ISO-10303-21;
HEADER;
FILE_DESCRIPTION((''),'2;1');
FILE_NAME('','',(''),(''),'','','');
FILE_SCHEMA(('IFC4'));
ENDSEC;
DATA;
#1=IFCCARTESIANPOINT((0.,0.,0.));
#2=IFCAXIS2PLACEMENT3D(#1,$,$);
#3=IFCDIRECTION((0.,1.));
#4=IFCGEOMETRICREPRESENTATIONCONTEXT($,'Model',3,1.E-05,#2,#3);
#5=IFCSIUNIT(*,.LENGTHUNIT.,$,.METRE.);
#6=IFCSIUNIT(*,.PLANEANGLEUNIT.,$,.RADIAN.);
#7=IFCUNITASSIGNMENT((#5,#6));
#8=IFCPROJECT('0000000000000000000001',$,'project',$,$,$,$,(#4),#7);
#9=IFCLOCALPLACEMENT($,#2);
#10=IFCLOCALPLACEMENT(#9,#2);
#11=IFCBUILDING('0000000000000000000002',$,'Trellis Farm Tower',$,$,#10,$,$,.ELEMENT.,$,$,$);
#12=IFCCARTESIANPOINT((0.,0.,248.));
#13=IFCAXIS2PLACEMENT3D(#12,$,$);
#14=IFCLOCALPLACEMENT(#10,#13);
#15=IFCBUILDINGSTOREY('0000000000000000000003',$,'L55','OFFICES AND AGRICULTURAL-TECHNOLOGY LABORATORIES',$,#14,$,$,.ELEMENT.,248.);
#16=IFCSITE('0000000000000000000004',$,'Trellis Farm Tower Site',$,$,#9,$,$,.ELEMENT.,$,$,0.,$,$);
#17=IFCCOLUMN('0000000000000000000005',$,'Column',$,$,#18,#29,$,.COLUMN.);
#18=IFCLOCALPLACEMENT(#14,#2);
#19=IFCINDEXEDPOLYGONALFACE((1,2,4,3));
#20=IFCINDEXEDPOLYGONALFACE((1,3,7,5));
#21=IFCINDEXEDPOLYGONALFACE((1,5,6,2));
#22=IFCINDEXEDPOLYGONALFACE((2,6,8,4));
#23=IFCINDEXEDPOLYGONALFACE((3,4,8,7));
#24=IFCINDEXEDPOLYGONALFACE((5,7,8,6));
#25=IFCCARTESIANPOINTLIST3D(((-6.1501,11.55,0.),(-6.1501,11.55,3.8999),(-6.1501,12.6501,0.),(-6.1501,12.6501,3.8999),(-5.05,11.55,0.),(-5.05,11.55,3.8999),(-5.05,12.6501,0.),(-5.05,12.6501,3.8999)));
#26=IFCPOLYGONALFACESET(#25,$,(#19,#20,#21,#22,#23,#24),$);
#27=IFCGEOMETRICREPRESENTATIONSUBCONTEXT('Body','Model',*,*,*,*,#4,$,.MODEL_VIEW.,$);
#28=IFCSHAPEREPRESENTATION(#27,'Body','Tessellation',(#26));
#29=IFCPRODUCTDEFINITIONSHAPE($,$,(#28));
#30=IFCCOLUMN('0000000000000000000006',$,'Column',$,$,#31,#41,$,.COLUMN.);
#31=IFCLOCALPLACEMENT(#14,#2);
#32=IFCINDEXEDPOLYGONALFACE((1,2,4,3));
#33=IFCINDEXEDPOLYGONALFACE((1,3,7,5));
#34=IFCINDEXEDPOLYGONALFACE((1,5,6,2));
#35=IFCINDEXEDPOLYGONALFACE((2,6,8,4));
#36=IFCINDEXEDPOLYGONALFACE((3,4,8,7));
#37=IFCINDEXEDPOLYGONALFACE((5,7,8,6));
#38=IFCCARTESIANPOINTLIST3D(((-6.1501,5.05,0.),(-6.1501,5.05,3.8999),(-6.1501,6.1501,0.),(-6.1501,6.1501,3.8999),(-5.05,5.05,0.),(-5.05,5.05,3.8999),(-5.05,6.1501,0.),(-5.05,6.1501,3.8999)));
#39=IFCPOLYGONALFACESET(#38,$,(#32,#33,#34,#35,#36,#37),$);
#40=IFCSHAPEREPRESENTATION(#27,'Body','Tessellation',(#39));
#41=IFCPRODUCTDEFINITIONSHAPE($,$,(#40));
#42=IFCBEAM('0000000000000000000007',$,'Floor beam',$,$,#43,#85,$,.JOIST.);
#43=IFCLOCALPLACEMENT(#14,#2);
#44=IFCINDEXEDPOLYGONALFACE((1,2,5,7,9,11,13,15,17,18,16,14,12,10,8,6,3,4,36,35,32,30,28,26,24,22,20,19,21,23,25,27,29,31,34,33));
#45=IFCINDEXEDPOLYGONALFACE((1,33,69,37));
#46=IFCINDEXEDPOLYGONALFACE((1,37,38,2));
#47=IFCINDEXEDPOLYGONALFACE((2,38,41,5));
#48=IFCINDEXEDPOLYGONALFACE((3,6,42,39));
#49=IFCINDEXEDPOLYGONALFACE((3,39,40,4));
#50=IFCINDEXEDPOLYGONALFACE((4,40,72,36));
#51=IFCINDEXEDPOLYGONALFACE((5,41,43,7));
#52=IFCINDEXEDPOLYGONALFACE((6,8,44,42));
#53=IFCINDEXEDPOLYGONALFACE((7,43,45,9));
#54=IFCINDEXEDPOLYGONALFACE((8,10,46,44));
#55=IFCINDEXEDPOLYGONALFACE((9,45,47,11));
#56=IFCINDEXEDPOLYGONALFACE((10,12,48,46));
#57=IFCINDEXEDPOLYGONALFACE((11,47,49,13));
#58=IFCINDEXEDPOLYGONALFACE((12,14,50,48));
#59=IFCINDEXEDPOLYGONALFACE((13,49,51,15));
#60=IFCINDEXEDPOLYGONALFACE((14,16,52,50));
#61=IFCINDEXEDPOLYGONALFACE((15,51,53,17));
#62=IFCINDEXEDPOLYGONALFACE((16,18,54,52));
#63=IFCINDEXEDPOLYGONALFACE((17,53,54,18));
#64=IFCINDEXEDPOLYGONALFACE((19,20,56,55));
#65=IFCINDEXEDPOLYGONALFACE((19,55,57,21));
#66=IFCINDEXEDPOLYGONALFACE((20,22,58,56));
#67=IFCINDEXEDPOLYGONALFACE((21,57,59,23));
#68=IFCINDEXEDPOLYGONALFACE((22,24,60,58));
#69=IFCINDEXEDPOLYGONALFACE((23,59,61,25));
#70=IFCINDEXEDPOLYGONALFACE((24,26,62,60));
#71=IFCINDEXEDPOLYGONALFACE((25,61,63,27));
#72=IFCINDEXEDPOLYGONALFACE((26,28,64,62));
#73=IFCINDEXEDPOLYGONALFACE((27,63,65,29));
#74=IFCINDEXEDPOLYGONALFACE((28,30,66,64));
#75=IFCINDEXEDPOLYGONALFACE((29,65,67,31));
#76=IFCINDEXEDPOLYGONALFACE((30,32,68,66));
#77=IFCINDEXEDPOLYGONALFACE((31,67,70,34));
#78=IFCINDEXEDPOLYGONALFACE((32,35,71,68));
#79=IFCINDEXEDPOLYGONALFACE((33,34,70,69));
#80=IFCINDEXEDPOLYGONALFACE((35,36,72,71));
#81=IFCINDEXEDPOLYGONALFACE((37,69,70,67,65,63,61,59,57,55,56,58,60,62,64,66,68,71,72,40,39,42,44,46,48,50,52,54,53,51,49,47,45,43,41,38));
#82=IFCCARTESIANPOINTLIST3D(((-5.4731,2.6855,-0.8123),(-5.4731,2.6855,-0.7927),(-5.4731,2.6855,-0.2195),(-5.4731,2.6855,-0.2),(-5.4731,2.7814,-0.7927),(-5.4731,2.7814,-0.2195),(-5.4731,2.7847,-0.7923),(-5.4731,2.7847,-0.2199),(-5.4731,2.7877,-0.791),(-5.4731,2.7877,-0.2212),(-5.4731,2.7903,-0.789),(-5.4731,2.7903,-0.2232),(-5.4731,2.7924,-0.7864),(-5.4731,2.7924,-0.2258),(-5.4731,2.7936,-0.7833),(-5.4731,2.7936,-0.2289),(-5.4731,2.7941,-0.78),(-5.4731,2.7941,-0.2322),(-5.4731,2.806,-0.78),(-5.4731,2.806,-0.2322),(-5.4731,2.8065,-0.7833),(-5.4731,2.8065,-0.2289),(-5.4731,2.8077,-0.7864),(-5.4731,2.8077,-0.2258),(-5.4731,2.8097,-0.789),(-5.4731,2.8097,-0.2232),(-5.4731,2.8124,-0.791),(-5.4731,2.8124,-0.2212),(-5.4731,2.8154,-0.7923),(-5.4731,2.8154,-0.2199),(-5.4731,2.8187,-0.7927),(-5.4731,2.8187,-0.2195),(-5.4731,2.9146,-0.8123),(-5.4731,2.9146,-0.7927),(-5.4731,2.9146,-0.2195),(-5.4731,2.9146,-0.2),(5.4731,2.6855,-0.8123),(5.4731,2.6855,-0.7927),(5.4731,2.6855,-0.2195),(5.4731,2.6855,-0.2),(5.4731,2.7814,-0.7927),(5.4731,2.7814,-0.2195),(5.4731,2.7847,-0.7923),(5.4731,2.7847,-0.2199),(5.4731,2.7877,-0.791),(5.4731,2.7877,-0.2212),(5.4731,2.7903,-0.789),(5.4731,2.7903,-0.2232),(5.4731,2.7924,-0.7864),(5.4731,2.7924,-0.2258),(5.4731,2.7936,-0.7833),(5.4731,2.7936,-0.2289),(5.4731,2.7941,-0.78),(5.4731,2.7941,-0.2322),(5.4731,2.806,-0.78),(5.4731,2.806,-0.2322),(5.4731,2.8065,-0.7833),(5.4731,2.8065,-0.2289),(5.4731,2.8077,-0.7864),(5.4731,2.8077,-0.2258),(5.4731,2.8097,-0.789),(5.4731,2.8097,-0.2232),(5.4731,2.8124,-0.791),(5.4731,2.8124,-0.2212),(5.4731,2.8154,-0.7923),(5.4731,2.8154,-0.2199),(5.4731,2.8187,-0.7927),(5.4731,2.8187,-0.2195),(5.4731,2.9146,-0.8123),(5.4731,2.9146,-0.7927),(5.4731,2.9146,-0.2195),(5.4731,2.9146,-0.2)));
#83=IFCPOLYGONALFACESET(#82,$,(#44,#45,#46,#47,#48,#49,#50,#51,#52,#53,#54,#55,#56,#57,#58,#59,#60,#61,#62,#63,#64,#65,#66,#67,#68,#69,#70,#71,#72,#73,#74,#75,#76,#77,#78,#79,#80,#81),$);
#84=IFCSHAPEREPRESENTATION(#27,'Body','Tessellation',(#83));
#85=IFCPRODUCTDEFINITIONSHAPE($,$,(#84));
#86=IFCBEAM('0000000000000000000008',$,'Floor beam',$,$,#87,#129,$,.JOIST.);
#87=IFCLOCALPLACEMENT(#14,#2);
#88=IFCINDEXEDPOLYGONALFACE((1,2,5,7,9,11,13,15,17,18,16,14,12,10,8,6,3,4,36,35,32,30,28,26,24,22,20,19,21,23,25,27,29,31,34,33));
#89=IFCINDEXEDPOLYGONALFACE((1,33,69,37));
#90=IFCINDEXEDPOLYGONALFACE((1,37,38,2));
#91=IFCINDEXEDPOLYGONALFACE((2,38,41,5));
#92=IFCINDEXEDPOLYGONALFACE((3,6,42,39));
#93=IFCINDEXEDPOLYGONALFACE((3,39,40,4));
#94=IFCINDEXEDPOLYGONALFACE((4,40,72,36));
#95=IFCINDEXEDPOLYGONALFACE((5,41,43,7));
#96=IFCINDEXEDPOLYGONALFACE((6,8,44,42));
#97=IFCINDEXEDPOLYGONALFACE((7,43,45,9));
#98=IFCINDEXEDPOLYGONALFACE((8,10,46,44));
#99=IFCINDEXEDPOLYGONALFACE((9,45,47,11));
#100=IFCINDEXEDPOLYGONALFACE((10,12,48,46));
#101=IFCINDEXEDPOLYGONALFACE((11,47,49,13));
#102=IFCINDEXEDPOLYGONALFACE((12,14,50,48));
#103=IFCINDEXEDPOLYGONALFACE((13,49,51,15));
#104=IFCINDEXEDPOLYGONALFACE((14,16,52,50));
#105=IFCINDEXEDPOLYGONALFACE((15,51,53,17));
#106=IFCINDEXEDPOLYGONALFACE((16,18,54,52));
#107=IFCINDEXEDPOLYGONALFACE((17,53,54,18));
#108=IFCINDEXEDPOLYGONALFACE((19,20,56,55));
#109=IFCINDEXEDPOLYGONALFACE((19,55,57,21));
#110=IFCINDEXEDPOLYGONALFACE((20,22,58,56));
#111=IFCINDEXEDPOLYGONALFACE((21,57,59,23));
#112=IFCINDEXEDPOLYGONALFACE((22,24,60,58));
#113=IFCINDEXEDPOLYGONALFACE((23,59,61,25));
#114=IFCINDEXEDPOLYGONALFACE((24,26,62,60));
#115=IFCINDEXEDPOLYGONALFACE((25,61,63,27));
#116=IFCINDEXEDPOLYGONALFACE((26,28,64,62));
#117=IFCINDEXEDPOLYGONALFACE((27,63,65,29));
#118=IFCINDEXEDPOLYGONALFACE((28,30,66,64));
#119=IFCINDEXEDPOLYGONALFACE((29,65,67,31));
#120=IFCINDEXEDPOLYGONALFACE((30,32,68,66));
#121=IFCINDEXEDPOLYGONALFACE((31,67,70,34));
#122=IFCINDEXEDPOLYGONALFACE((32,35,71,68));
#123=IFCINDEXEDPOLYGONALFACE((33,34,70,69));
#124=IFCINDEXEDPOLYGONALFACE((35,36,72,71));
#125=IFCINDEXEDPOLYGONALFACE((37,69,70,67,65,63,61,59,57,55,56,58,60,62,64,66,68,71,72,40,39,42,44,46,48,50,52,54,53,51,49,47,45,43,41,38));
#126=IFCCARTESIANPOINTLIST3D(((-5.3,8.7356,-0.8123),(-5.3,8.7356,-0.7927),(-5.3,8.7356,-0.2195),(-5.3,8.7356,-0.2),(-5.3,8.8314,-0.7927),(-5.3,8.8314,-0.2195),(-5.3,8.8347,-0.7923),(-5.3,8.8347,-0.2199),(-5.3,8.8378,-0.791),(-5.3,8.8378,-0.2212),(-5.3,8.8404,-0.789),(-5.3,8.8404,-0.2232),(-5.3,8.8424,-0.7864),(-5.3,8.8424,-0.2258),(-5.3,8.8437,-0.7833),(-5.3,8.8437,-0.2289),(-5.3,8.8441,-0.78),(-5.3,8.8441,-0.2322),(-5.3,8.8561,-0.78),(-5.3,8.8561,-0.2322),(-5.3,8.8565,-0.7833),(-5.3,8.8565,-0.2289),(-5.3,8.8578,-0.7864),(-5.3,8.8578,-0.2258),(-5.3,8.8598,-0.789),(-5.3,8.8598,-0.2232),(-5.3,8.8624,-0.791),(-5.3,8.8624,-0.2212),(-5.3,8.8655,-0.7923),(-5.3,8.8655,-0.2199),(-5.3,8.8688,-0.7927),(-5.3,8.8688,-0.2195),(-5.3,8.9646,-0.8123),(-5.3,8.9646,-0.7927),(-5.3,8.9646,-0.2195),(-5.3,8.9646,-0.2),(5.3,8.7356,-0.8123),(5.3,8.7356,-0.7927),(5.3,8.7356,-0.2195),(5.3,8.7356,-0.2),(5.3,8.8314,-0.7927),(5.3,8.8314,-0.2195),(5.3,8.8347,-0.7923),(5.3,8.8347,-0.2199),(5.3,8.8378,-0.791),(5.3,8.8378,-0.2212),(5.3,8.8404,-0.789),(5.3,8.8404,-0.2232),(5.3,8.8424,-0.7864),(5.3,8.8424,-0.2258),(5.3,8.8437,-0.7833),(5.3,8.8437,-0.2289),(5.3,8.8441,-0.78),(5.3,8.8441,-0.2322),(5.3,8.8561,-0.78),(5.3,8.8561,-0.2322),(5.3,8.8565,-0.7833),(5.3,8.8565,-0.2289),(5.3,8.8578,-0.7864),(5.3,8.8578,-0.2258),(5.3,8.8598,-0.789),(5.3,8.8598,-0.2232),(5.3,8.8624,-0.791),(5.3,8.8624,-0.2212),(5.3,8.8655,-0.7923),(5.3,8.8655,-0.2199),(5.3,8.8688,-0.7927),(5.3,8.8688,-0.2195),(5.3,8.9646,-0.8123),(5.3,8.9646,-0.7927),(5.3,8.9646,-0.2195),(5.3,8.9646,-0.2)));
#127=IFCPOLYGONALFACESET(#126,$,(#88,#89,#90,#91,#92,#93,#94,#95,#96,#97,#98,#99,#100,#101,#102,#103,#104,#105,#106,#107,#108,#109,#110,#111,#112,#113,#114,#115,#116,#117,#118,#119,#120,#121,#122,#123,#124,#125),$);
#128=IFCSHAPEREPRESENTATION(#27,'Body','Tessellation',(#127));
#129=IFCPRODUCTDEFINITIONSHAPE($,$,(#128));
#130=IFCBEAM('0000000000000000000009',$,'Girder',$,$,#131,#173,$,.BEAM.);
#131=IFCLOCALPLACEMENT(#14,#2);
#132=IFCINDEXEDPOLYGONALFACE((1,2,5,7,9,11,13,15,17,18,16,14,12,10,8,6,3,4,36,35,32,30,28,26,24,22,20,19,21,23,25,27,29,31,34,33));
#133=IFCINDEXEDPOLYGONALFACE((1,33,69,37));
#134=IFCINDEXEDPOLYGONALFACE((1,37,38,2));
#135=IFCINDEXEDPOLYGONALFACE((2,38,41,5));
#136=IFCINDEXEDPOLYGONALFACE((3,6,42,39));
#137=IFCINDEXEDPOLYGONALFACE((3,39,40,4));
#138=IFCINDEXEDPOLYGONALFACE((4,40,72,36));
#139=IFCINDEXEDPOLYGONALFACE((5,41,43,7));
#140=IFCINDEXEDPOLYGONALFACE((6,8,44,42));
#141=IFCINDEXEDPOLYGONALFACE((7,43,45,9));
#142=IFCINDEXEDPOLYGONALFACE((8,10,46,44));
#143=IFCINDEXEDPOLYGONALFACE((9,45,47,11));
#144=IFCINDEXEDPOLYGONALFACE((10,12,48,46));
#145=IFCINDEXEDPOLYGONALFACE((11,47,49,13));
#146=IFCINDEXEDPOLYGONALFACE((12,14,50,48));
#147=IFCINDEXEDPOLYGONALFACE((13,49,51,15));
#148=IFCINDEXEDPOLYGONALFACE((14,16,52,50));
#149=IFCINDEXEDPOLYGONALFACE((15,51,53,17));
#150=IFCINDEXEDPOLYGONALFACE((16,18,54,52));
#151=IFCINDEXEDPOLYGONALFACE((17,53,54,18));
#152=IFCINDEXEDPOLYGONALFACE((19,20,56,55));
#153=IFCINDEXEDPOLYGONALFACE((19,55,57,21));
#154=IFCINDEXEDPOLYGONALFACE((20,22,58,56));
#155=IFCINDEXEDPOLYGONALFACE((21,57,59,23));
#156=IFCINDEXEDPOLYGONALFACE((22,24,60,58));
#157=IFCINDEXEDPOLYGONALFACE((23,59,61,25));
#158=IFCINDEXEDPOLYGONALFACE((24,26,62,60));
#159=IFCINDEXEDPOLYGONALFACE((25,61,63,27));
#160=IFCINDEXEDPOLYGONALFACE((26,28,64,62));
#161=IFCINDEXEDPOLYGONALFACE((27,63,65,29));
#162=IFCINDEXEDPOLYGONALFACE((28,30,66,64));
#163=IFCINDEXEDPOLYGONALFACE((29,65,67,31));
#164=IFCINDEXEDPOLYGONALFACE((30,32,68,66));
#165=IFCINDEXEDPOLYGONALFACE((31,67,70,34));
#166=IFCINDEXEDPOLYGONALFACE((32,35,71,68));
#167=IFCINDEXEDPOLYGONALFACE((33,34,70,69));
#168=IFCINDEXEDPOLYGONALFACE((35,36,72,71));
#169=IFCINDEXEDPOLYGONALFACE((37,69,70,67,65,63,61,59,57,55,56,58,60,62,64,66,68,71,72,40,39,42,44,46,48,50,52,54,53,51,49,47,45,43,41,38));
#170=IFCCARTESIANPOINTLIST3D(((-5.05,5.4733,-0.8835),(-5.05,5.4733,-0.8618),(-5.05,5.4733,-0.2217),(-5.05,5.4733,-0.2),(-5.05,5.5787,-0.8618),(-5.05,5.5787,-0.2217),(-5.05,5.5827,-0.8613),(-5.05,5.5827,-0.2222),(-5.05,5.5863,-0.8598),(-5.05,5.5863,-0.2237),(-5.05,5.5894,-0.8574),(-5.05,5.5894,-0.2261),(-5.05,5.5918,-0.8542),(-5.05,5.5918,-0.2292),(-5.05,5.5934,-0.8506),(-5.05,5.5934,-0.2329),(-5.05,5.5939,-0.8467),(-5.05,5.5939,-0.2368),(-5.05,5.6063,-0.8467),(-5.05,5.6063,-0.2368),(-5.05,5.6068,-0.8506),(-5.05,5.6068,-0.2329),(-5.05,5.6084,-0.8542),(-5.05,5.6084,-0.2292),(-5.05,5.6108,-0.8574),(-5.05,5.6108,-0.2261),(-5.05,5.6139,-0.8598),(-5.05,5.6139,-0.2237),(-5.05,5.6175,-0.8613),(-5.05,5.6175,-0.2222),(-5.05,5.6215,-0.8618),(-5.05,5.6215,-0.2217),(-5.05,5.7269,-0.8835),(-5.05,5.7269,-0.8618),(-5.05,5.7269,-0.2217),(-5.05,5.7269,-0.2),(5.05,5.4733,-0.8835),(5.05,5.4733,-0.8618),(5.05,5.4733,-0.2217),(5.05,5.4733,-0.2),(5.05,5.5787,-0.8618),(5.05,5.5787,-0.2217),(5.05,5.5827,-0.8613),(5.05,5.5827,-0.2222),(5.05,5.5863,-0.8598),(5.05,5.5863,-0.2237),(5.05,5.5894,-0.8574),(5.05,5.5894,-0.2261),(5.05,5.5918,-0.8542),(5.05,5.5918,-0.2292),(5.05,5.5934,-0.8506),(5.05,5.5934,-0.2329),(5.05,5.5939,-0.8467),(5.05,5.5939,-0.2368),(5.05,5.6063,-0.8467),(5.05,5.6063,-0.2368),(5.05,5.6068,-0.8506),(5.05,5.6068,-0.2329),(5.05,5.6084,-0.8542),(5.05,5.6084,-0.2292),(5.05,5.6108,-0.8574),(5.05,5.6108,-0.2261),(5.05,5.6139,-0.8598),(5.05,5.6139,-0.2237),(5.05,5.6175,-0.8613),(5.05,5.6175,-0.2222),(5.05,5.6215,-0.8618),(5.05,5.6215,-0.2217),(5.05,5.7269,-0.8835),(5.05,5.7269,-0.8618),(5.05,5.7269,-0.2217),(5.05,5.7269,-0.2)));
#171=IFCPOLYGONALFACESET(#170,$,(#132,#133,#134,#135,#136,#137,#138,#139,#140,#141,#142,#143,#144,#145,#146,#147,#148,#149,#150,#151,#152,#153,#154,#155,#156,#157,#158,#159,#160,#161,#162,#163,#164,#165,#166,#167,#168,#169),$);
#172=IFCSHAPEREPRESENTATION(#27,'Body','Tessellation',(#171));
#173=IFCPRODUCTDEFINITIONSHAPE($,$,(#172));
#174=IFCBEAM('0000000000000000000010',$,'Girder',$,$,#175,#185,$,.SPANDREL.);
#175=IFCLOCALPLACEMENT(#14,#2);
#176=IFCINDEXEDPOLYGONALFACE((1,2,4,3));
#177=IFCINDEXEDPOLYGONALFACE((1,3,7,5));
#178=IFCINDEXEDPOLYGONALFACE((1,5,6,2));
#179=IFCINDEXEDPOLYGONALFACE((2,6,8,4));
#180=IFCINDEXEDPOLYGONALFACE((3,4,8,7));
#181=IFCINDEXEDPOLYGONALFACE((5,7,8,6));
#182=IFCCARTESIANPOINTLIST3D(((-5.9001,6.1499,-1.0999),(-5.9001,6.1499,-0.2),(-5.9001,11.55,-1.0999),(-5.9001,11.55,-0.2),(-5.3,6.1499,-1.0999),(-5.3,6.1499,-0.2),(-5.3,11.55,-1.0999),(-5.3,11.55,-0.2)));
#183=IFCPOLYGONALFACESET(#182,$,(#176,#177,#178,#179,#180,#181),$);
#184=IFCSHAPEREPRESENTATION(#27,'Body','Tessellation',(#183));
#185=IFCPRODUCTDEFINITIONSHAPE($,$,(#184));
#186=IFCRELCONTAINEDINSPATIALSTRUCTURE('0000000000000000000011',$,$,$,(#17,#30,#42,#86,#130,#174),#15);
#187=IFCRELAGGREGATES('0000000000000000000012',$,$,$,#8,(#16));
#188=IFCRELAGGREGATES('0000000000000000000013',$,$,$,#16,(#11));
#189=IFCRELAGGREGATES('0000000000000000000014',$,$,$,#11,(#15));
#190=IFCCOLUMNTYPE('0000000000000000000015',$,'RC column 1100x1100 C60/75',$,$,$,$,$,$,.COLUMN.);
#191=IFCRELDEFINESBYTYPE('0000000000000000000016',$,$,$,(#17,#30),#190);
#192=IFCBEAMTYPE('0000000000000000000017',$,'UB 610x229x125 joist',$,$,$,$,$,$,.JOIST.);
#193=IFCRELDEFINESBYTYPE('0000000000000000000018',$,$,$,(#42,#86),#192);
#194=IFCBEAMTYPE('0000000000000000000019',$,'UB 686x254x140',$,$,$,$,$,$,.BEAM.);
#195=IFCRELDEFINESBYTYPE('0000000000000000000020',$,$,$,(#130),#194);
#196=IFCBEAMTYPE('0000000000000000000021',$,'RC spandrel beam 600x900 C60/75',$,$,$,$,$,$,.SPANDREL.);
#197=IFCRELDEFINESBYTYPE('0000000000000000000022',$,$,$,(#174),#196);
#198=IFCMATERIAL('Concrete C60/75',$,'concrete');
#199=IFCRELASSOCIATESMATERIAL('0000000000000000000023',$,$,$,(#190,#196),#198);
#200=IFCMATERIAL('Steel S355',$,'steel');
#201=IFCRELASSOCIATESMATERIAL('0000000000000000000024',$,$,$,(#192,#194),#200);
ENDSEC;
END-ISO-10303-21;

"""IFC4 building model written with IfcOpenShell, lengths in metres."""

from ifc_helpers import new_model, si_unit, direction, frame, origin, origin_2d, place, context, subcontext, project, spatial, rectangle, i_section, extrude, source, transform, mapped, material, material_profile, profile_set, type_object, element, save


model = new_model("IFC4")

# Units and contexts
model_context = context("Model", 3, precision=1e-05, world=origin(), true_north=direction((0.0, 1.0)))
body_context = subcontext(model_context, "Body", "Model", "MODEL_VIEW")
ifc_project = project(units=[si_unit("LENGTHUNIT", "METRE"), si_unit("PLANEANGLEUNIT", "RADIAN")], contexts=[model_context])

# Site, building, storey
site_placement = place(None, origin())
site = spatial("IfcSite", under=ifc_project, at=site_placement, Name="Trellis Farm Tower Site", CompositionType="ELEMENT", RefElevation=0.0)
building_placement = place(site_placement, origin())
building = spatial("IfcBuilding", under=site, at=building_placement, Name="Trellis Farm Tower", CompositionType="ELEMENT")
storey_placement = place(building_placement, frame((0.0, 0.0, 248.0)))
storey = spatial("IfcBuildingStorey", under=building, at=storey_placement, Name="L55", Description="OFFICES AND AGRICULTURAL-TECHNOLOGY LABORATORIES", CompositionType="ELEMENT", Elevation=248.0)

# Columns
ifc_material_1 = material(Name="Concrete C60/75", Category="concrete")
ifc_material_profile_1 = material_profile(ifc_material_1, rectangle(XDim=1.1001, YDim=1.1001, at=origin_2d()), Name="RC column 1100x1100 C60/75")
ifc_profile_set_1 = profile_set([ifc_material_profile_1], Name="Concrete C60/75")
column_type = type_object("IfcColumnType", Name="RC column 1100x1100 C60/75", PredefinedType="COLUMN", material=ifc_profile_set_1)
shared_shape_1 = source(origin(), body_context, "Body", "SweptSolid", [
    extrude(rectangle(XDim=1.1001, YDim=1.1001, at=origin_2d()), origin(), (0.0, 0.0, 1.0), 3.8999),
])
for number, where, z_axis, x_axis, name in (
    (1, (-5.6001, 12.1001, 0.0), (0.0, 0.0, 1.0), (1.0, 0.0, 0.0), "Column"),
    (2, (-5.6001, 5.6001, 0.0), (0.0, 0.0, 1.0), (1.0, 0.0, 0.0), "Column"),
):
    element("IfcColumn", number, at=place(storey_placement, frame(where, z_axis=z_axis, x_axis=x_axis)), inside=storey, type_object=column_type, Name=name, PredefinedType="COLUMN", context=body_context, shape_type="MappedRepresentation", body=[
        mapped(shared_shape_1, transform((0.0, 0.0, 0.0))),
    ])

# Beams
ifc_material_2 = material(Name="Steel S355", Category="steel")
ifc_material_profile_2 = material_profile(ifc_material_2, i_section(OverallWidth=0.229, OverallDepth=0.6123, WebThickness=0.012, FlangeThickness=0.0195, FilletRadius=0.0127, at=origin_2d()), Name="UB 610x229x125")
ifc_profile_set_2 = profile_set([ifc_material_profile_2], Name="Steel S355")
beam_type_1 = type_object("IfcBeamType", Name="UB 610x229x125 joist", PredefinedType="JOIST", material=ifc_profile_set_2)
shared_shape_2 = source(origin(), body_context, "Body", "SweptSolid", [
    extrude(i_section(OverallWidth=0.229, OverallDepth=0.6123, WebThickness=0.012, FlangeThickness=0.0195, FilletRadius=0.0127, at=origin_2d()), origin(), (0.0, 0.0, 1.0), 10.9463),
])
beam_1_placement = place(storey_placement, frame((-5.4731, 2.8, -0.5061), z_axis=(1.0, 0.0, 0.0), x_axis=(0.0, 1.0, 0.0)))
element("IfcBeam", 3, at=beam_1_placement, inside=storey, type_object=beam_type_1, Name="Floor beam", PredefinedType="JOIST", context=body_context, shape_type="MappedRepresentation", body=[
    mapped(shared_shape_2, transform((0.0, 0.0, 0.0))),
])
shared_shape_3 = source(origin(), body_context, "Body", "SweptSolid", [
    extrude(i_section(OverallWidth=0.229, OverallDepth=0.6123, WebThickness=0.012, FlangeThickness=0.0195, FilletRadius=0.0127, at=origin_2d()), origin(), (0.0, 0.0, 1.0), 10.6001),
])
beam_2_placement = place(storey_placement, frame((-5.3, 8.8501, -0.5061), z_axis=(1.0, 0.0, 0.0), x_axis=(0.0, 1.0, 0.0)))
element("IfcBeam", 4, at=beam_2_placement, inside=storey, type_object=beam_type_1, Name="Floor beam", PredefinedType="JOIST", context=body_context, shape_type="MappedRepresentation", body=[
    mapped(shared_shape_3, transform((0.0, 0.0, 0.0))),
])
ifc_material_profile_3 = material_profile(ifc_material_2, i_section(OverallWidth=0.2537, OverallDepth=0.6836, WebThickness=0.0125, FlangeThickness=0.0217, FilletRadius=0.0151, at=origin_2d()), Name="UB 686x254x140")
ifc_profile_set_3 = profile_set([ifc_material_profile_3], Name="Steel S355")
beam_type_2 = type_object("IfcBeamType", Name="UB 686x254x140", PredefinedType="BEAM", material=ifc_profile_set_3)
shared_shape_4 = source(origin(), body_context, "Body", "SweptSolid", [
    extrude(i_section(OverallWidth=0.2537, OverallDepth=0.6836, WebThickness=0.0125, FlangeThickness=0.0217, FilletRadius=0.0151, at=origin_2d()), origin(), (0.0, 0.0, 1.0), 10.1001),
])
beam_3_placement = place(storey_placement, frame((-5.05, 5.6001, -0.5417), z_axis=(1.0, 0.0, 0.0), x_axis=(0.0, 1.0, 0.0)))
element("IfcBeam", 5, at=beam_3_placement, inside=storey, type_object=beam_type_2, Name="Girder", PredefinedType="BEAM", context=body_context, shape_type="MappedRepresentation", body=[
    mapped(shared_shape_4, transform((0.0, 0.0, 0.0))),
])
ifc_material_profile_4 = material_profile(ifc_material_1, rectangle(XDim=0.6001, YDim=0.8999, at=origin_2d()), Name="RC spandrel beam 600x900 C60/75")
ifc_profile_set_4 = profile_set([ifc_material_profile_4], Name="Concrete C60/75")
beam_type_3 = type_object("IfcBeamType", Name="RC spandrel beam 600x900 C60/75", PredefinedType="SPANDREL", material=ifc_profile_set_4)
shared_shape_5 = source(origin(), body_context, "Body", "SweptSolid", [
    extrude(rectangle(XDim=0.6001, YDim=0.8999, at=origin_2d()), origin(), (0.0, 0.0, 1.0), 5.4001),
])
beam_4_placement = place(storey_placement, frame((-5.6001, 6.1499, -0.6499), z_axis=(0.0, 1.0, 0.0), x_axis=(-1.0, 0.0, 0.0)))
element("IfcBeam", 6, at=beam_4_placement, inside=storey, type_object=beam_type_3, Name="Girder", PredefinedType="SPANDREL", context=body_context, shape_type="MappedRepresentation", body=[
    mapped(shared_shape_5, transform((0.0, 0.0, 0.0))),
])

save(model, "model.ifc")
